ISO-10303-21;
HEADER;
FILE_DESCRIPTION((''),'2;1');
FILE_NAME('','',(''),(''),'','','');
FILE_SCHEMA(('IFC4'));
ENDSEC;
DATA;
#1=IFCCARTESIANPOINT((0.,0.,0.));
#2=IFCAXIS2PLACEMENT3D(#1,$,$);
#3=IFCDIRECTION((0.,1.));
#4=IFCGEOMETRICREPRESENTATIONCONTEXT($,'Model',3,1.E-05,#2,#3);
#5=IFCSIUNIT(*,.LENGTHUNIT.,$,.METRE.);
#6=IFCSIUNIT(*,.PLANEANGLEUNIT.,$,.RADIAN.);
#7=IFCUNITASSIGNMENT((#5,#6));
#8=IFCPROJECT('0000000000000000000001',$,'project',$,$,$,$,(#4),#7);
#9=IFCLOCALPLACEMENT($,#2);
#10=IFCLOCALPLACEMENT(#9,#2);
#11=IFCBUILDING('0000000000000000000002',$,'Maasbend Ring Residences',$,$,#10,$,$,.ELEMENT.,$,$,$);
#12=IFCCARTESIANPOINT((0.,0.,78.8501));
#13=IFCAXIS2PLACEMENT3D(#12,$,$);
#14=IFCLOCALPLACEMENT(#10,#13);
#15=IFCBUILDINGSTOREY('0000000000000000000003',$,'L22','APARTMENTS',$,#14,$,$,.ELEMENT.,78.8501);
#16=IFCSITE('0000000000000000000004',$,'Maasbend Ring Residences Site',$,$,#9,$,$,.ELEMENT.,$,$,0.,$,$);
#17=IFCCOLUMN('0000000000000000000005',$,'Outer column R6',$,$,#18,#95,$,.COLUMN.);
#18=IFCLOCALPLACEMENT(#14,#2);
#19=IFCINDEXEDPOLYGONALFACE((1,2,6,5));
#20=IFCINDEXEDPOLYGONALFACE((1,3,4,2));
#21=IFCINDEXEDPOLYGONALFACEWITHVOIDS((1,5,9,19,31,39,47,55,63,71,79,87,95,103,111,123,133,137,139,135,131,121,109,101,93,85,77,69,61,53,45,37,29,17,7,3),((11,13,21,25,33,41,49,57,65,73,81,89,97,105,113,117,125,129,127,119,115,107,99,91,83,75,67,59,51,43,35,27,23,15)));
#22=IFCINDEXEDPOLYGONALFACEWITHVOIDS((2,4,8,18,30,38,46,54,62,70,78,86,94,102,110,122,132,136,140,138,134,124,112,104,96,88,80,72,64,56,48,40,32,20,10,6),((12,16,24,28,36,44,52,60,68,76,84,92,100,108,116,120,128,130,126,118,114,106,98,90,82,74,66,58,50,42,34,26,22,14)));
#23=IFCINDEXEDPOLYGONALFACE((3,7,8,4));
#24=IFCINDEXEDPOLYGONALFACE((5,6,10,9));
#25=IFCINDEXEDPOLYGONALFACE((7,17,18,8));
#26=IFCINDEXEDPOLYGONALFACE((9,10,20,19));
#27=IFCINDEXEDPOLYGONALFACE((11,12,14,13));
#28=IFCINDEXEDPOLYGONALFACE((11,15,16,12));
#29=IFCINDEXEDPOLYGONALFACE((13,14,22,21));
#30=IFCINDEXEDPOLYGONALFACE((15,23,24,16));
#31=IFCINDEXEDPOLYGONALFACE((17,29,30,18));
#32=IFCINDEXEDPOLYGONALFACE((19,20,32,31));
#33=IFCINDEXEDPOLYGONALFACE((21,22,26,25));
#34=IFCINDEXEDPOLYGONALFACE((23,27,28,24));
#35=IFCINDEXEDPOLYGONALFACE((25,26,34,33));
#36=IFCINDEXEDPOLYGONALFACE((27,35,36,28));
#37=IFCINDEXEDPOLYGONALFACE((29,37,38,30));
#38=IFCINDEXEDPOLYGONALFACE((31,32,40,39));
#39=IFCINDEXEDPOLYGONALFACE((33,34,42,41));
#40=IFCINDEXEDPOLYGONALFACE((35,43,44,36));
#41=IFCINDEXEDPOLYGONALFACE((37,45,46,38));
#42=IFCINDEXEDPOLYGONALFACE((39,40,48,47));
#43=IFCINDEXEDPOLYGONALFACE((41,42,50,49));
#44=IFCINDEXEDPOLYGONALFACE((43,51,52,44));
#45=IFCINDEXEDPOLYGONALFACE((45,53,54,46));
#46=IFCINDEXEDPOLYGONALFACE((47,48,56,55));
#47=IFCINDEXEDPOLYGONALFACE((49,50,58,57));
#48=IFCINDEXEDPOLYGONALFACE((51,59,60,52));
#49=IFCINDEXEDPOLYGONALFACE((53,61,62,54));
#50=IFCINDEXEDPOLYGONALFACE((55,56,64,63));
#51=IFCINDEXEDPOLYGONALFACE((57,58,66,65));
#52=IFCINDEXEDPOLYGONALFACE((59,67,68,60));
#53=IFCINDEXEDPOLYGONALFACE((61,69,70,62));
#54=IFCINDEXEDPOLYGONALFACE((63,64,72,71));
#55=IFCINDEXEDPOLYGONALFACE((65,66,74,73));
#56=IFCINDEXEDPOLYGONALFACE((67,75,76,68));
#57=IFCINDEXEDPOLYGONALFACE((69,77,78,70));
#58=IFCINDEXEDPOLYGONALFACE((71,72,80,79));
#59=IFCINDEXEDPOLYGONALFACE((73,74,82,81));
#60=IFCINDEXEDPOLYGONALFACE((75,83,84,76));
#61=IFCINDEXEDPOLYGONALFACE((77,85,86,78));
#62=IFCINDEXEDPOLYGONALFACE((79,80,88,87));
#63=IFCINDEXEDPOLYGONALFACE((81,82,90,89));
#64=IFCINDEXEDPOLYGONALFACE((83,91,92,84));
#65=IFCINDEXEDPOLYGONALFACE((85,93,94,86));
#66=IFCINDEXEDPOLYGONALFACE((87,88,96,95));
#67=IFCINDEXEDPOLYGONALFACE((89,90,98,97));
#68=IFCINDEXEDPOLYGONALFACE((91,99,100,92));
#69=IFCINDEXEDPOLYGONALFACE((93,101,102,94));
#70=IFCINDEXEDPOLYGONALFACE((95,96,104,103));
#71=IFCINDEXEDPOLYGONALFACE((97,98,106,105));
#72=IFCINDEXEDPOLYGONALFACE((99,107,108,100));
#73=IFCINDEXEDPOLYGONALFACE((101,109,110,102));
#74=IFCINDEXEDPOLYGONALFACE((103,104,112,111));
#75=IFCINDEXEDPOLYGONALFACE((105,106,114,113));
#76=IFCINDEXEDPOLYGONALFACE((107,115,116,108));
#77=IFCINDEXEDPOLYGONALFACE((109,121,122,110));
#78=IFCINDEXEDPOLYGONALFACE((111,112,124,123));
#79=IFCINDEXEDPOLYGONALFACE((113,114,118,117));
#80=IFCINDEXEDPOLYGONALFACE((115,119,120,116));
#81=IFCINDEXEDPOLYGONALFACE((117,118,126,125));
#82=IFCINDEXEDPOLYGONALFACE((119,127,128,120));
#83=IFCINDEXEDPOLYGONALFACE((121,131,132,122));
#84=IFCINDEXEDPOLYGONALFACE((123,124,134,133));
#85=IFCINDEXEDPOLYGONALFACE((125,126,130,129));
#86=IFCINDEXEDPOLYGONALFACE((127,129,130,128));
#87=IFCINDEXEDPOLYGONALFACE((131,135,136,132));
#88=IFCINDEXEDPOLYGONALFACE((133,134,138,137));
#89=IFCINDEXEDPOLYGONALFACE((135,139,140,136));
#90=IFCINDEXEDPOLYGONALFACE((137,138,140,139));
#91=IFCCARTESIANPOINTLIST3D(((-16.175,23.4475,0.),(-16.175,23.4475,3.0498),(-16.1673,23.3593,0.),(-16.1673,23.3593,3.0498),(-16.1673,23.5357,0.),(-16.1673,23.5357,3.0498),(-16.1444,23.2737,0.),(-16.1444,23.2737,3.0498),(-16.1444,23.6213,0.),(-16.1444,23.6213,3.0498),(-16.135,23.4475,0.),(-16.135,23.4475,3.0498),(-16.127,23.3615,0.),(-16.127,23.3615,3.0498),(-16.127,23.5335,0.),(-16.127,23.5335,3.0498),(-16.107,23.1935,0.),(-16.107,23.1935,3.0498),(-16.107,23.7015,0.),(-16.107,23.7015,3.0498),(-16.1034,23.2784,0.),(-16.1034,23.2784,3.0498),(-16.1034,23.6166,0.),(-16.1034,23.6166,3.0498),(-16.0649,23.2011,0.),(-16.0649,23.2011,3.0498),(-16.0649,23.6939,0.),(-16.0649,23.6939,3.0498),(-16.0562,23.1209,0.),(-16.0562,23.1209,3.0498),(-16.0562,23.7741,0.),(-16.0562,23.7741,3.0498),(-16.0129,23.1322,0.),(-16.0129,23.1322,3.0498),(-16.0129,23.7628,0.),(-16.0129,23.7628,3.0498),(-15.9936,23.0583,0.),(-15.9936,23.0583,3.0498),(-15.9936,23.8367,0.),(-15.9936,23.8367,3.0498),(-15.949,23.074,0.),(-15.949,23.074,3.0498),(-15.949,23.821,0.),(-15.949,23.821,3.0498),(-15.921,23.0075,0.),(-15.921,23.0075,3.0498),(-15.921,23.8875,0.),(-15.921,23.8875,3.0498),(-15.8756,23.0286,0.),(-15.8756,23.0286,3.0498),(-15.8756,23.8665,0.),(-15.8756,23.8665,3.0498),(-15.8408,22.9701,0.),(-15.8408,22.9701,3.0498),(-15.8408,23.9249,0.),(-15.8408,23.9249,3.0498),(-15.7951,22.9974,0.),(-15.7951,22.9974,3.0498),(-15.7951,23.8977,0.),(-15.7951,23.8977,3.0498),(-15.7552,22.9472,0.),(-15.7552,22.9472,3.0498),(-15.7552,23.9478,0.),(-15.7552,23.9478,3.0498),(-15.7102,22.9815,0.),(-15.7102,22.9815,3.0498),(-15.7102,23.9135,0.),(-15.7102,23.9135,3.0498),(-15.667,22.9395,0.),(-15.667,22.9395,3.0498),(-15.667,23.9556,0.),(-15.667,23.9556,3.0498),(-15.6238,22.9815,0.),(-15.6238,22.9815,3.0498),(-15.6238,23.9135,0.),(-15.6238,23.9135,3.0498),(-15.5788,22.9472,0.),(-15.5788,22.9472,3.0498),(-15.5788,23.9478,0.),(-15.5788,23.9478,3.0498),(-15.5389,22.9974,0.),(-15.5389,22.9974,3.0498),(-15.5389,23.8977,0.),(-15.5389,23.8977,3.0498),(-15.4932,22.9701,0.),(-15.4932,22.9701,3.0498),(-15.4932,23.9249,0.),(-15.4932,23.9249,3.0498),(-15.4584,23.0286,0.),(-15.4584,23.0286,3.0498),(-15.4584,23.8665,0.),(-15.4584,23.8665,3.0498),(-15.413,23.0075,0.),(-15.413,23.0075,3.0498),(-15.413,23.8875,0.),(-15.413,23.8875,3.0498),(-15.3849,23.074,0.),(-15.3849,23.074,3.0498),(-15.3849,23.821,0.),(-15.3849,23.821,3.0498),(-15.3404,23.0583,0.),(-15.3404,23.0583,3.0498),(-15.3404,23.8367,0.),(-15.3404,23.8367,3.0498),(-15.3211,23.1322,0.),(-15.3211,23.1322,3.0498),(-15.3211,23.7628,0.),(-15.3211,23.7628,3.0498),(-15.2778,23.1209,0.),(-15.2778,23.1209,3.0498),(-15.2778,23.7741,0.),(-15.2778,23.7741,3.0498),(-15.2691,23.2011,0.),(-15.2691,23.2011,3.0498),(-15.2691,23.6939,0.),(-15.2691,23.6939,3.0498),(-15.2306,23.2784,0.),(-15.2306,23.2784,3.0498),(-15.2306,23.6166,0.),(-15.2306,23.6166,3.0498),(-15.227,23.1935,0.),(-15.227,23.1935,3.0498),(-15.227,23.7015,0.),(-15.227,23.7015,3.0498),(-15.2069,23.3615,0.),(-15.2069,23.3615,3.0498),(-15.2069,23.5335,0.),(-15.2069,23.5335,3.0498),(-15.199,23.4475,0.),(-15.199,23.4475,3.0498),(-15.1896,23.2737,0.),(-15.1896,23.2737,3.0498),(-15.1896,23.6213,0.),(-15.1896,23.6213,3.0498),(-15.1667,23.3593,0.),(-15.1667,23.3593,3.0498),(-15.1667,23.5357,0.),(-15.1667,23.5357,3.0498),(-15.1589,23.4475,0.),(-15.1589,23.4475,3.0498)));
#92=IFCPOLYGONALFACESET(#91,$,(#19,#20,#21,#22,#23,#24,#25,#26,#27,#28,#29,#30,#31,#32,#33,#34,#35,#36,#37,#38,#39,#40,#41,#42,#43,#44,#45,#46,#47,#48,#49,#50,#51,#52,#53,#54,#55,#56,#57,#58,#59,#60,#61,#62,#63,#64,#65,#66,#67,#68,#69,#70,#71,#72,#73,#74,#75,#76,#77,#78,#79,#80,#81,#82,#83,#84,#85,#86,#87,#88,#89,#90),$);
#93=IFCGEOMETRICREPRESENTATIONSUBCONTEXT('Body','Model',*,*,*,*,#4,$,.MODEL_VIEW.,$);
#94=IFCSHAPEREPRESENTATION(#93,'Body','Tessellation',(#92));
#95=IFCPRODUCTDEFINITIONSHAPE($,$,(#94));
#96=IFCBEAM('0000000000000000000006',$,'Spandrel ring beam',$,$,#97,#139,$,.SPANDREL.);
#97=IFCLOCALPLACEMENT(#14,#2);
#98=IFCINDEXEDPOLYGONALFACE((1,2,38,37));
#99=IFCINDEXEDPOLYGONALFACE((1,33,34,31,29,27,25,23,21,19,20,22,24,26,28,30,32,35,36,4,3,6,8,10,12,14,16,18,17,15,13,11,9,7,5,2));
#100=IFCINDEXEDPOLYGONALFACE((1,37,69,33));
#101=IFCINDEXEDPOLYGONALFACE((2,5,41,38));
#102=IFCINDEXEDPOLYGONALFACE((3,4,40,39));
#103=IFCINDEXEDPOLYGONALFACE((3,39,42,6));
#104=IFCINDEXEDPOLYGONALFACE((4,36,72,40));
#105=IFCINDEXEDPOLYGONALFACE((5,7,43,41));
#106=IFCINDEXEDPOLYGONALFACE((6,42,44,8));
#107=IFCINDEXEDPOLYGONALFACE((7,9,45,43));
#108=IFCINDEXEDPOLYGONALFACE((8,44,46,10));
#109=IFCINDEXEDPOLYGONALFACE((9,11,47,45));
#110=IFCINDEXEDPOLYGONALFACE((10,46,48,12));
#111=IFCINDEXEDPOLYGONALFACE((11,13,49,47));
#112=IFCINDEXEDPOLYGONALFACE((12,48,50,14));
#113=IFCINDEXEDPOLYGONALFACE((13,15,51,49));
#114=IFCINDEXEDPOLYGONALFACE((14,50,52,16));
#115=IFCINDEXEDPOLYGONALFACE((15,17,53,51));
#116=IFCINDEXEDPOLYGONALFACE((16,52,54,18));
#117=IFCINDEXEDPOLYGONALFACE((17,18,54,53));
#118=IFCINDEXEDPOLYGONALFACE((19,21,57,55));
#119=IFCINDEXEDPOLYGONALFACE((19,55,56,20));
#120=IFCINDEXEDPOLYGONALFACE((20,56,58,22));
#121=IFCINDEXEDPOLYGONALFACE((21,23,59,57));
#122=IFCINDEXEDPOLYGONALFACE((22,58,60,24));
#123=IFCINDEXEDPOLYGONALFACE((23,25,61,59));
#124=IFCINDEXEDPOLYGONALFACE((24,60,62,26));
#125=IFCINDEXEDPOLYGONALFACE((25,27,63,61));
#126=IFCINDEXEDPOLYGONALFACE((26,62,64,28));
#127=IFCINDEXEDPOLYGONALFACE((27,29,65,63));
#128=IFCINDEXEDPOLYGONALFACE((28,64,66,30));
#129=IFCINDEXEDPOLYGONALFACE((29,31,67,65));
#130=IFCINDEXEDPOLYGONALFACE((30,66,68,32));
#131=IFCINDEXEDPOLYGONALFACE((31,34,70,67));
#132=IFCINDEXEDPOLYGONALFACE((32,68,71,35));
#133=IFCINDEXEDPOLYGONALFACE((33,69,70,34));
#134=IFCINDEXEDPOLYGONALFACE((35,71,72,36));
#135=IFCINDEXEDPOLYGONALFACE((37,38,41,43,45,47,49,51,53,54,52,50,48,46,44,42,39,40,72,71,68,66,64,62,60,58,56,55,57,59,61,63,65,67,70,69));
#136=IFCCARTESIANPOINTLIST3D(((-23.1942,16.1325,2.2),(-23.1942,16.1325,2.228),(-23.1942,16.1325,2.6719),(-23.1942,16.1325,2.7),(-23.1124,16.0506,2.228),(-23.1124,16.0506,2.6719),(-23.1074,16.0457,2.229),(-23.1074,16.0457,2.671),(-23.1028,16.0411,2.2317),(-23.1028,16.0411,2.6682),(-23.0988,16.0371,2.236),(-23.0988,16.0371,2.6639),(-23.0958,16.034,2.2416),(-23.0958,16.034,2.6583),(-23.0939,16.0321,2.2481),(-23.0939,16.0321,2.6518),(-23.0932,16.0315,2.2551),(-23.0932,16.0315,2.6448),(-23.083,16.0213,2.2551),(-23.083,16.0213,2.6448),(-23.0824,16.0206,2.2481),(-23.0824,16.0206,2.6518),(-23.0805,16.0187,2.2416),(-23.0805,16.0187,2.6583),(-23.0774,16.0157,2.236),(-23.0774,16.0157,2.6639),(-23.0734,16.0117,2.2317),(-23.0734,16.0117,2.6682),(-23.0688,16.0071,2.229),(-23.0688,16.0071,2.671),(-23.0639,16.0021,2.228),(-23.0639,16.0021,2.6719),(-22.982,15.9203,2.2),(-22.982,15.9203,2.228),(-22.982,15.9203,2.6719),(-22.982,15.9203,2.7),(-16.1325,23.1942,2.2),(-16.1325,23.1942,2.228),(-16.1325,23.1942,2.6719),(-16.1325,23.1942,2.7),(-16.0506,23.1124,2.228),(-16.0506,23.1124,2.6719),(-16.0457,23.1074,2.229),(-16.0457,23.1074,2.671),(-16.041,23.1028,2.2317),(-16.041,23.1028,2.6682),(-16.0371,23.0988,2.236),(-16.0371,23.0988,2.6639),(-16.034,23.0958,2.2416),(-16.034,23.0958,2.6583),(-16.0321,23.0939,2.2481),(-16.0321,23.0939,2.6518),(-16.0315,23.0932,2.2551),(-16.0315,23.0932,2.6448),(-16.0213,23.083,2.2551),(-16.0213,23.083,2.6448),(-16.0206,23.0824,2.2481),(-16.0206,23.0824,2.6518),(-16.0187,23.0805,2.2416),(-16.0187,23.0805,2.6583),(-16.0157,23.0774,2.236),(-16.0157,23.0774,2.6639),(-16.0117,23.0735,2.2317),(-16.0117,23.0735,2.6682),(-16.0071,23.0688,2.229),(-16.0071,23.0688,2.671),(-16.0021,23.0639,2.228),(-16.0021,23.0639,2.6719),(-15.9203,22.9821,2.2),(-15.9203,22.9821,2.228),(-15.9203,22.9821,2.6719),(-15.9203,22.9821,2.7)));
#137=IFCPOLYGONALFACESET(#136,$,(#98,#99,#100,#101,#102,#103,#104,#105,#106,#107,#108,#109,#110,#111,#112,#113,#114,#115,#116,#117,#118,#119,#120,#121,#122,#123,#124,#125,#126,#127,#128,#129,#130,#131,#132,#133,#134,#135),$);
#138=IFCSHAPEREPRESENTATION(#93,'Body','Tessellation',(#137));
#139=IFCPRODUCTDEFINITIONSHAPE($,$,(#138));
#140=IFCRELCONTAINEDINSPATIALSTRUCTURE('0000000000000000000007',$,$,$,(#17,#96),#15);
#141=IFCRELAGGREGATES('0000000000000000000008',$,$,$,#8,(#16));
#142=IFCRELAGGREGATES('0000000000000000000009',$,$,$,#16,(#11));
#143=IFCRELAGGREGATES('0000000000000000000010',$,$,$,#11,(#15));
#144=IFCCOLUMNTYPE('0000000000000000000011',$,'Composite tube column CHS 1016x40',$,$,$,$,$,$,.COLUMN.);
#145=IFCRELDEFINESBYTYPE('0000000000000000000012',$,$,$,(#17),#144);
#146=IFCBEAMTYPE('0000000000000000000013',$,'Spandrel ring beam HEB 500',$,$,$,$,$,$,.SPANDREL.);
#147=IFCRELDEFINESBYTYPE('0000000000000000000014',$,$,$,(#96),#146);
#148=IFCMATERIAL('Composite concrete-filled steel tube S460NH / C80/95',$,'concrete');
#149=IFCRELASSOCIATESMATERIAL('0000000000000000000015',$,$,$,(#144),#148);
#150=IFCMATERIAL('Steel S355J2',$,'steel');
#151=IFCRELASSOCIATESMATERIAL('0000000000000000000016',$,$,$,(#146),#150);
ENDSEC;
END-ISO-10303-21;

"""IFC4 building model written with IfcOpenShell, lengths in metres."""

from ifc_helpers import new_model, si_unit, direction, frame, origin, origin_2d, place, context, subcontext, project, spatial, hollow_circle, i_section, extrude, material, material_profile, profile_set, type_object, element, save


model = new_model("IFC4")

# Units and contexts
model_context = context("Model", 3, precision=1e-05, world=origin(), true_north=direction((0.0, 1.0)))
body_context = subcontext(model_context, "Body", "Model", "MODEL_VIEW")
ifc_project = project(units=[si_unit("LENGTHUNIT", "METRE"), si_unit("PLANEANGLEUNIT", "RADIAN")], contexts=[model_context])

# Site, building, storey
site_placement = place(None, origin())
site = spatial("IfcSite", under=ifc_project, at=site_placement, Name="Maasbend Ring Residences Site", CompositionType="ELEMENT", RefElevation=0.0)
building_placement = place(site_placement, origin())
building = spatial("IfcBuilding", under=site, at=building_placement, Name="Maasbend Ring Residences", CompositionType="ELEMENT")
storey_placement = place(building_placement, frame((0.0, 0.0, 78.8501)))
storey = spatial("IfcBuildingStorey", under=building, at=storey_placement, Name="L22", Description="APARTMENTS", CompositionType="ELEMENT", Elevation=78.8501)

# Column
ifc_material_1 = material(Name="Composite concrete-filled steel tube S460NH / C80/95", Category="concrete")
ifc_material_profile_1 = material_profile(ifc_material_1, hollow_circle(Radius=0.5081, WallThickness=0.04, at=origin_2d()), Name="Composite tube column CHS 1016x40")
ifc_profile_set_1 = profile_set([ifc_material_profile_1], Name="Composite concrete-filled steel tube S460NH / C80/95")
column_type = type_object("IfcColumnType", Name="Composite tube column CHS 1016x40", PredefinedType="COLUMN", material=ifc_profile_set_1)
column_placement = place(storey_placement, frame((-15.667, 23.4475, 0.0), z_axis=(0.0, 0.0, 1.0), x_axis=(1.0, 0.0, 0.0)))
element("IfcColumn", 1, at=column_placement, inside=storey, type_object=column_type, Name="Outer column R6", PredefinedType="COLUMN", context=body_context, shape_type="SweptSolid", body=[
    extrude(hollow_circle(Radius=0.5081, WallThickness=0.04, at=origin_2d()), origin(), (0.0, 0.0, 1.0), 3.0498),
])

# Beam
ifc_material_2 = material(Name="Steel S355J2", Category="steel")
ifc_material_profile_2 = material_profile(ifc_material_2, i_section(OverallWidth=0.3, OverallDepth=0.5, WebThickness=0.0144, FlangeThickness=0.0281, FilletRadius=0.0271, at=origin_2d()), Name="HEB 500")
ifc_profile_set_2 = profile_set([ifc_material_profile_2], Name="Steel S355J2")
beam_type = type_object("IfcBeamType", Name="Spandrel ring beam HEB 500", PredefinedType="SPANDREL", material=ifc_profile_set_2)
beam_placement = place(storey_placement, frame((-16.0264, 23.0881, 2.45), z_axis=(-0.707107, -0.707107, 0.0), x_axis=(0.707107, -0.707107, 0.0)))
element("IfcBeam", 2, at=beam_placement, inside=storey, type_object=beam_type, Name="Spandrel ring beam", PredefinedType="SPANDREL", context=body_context, shape_type="SweptSolid", body=[
    extrude(i_section(OverallWidth=0.3, OverallDepth=0.5, WebThickness=0.0144, FlangeThickness=0.0281, FilletRadius=0.0271, at=origin_2d()), origin(), (0.0, 0.0, 1.0), 9.9868),
])

save(model, "model.ifc")
